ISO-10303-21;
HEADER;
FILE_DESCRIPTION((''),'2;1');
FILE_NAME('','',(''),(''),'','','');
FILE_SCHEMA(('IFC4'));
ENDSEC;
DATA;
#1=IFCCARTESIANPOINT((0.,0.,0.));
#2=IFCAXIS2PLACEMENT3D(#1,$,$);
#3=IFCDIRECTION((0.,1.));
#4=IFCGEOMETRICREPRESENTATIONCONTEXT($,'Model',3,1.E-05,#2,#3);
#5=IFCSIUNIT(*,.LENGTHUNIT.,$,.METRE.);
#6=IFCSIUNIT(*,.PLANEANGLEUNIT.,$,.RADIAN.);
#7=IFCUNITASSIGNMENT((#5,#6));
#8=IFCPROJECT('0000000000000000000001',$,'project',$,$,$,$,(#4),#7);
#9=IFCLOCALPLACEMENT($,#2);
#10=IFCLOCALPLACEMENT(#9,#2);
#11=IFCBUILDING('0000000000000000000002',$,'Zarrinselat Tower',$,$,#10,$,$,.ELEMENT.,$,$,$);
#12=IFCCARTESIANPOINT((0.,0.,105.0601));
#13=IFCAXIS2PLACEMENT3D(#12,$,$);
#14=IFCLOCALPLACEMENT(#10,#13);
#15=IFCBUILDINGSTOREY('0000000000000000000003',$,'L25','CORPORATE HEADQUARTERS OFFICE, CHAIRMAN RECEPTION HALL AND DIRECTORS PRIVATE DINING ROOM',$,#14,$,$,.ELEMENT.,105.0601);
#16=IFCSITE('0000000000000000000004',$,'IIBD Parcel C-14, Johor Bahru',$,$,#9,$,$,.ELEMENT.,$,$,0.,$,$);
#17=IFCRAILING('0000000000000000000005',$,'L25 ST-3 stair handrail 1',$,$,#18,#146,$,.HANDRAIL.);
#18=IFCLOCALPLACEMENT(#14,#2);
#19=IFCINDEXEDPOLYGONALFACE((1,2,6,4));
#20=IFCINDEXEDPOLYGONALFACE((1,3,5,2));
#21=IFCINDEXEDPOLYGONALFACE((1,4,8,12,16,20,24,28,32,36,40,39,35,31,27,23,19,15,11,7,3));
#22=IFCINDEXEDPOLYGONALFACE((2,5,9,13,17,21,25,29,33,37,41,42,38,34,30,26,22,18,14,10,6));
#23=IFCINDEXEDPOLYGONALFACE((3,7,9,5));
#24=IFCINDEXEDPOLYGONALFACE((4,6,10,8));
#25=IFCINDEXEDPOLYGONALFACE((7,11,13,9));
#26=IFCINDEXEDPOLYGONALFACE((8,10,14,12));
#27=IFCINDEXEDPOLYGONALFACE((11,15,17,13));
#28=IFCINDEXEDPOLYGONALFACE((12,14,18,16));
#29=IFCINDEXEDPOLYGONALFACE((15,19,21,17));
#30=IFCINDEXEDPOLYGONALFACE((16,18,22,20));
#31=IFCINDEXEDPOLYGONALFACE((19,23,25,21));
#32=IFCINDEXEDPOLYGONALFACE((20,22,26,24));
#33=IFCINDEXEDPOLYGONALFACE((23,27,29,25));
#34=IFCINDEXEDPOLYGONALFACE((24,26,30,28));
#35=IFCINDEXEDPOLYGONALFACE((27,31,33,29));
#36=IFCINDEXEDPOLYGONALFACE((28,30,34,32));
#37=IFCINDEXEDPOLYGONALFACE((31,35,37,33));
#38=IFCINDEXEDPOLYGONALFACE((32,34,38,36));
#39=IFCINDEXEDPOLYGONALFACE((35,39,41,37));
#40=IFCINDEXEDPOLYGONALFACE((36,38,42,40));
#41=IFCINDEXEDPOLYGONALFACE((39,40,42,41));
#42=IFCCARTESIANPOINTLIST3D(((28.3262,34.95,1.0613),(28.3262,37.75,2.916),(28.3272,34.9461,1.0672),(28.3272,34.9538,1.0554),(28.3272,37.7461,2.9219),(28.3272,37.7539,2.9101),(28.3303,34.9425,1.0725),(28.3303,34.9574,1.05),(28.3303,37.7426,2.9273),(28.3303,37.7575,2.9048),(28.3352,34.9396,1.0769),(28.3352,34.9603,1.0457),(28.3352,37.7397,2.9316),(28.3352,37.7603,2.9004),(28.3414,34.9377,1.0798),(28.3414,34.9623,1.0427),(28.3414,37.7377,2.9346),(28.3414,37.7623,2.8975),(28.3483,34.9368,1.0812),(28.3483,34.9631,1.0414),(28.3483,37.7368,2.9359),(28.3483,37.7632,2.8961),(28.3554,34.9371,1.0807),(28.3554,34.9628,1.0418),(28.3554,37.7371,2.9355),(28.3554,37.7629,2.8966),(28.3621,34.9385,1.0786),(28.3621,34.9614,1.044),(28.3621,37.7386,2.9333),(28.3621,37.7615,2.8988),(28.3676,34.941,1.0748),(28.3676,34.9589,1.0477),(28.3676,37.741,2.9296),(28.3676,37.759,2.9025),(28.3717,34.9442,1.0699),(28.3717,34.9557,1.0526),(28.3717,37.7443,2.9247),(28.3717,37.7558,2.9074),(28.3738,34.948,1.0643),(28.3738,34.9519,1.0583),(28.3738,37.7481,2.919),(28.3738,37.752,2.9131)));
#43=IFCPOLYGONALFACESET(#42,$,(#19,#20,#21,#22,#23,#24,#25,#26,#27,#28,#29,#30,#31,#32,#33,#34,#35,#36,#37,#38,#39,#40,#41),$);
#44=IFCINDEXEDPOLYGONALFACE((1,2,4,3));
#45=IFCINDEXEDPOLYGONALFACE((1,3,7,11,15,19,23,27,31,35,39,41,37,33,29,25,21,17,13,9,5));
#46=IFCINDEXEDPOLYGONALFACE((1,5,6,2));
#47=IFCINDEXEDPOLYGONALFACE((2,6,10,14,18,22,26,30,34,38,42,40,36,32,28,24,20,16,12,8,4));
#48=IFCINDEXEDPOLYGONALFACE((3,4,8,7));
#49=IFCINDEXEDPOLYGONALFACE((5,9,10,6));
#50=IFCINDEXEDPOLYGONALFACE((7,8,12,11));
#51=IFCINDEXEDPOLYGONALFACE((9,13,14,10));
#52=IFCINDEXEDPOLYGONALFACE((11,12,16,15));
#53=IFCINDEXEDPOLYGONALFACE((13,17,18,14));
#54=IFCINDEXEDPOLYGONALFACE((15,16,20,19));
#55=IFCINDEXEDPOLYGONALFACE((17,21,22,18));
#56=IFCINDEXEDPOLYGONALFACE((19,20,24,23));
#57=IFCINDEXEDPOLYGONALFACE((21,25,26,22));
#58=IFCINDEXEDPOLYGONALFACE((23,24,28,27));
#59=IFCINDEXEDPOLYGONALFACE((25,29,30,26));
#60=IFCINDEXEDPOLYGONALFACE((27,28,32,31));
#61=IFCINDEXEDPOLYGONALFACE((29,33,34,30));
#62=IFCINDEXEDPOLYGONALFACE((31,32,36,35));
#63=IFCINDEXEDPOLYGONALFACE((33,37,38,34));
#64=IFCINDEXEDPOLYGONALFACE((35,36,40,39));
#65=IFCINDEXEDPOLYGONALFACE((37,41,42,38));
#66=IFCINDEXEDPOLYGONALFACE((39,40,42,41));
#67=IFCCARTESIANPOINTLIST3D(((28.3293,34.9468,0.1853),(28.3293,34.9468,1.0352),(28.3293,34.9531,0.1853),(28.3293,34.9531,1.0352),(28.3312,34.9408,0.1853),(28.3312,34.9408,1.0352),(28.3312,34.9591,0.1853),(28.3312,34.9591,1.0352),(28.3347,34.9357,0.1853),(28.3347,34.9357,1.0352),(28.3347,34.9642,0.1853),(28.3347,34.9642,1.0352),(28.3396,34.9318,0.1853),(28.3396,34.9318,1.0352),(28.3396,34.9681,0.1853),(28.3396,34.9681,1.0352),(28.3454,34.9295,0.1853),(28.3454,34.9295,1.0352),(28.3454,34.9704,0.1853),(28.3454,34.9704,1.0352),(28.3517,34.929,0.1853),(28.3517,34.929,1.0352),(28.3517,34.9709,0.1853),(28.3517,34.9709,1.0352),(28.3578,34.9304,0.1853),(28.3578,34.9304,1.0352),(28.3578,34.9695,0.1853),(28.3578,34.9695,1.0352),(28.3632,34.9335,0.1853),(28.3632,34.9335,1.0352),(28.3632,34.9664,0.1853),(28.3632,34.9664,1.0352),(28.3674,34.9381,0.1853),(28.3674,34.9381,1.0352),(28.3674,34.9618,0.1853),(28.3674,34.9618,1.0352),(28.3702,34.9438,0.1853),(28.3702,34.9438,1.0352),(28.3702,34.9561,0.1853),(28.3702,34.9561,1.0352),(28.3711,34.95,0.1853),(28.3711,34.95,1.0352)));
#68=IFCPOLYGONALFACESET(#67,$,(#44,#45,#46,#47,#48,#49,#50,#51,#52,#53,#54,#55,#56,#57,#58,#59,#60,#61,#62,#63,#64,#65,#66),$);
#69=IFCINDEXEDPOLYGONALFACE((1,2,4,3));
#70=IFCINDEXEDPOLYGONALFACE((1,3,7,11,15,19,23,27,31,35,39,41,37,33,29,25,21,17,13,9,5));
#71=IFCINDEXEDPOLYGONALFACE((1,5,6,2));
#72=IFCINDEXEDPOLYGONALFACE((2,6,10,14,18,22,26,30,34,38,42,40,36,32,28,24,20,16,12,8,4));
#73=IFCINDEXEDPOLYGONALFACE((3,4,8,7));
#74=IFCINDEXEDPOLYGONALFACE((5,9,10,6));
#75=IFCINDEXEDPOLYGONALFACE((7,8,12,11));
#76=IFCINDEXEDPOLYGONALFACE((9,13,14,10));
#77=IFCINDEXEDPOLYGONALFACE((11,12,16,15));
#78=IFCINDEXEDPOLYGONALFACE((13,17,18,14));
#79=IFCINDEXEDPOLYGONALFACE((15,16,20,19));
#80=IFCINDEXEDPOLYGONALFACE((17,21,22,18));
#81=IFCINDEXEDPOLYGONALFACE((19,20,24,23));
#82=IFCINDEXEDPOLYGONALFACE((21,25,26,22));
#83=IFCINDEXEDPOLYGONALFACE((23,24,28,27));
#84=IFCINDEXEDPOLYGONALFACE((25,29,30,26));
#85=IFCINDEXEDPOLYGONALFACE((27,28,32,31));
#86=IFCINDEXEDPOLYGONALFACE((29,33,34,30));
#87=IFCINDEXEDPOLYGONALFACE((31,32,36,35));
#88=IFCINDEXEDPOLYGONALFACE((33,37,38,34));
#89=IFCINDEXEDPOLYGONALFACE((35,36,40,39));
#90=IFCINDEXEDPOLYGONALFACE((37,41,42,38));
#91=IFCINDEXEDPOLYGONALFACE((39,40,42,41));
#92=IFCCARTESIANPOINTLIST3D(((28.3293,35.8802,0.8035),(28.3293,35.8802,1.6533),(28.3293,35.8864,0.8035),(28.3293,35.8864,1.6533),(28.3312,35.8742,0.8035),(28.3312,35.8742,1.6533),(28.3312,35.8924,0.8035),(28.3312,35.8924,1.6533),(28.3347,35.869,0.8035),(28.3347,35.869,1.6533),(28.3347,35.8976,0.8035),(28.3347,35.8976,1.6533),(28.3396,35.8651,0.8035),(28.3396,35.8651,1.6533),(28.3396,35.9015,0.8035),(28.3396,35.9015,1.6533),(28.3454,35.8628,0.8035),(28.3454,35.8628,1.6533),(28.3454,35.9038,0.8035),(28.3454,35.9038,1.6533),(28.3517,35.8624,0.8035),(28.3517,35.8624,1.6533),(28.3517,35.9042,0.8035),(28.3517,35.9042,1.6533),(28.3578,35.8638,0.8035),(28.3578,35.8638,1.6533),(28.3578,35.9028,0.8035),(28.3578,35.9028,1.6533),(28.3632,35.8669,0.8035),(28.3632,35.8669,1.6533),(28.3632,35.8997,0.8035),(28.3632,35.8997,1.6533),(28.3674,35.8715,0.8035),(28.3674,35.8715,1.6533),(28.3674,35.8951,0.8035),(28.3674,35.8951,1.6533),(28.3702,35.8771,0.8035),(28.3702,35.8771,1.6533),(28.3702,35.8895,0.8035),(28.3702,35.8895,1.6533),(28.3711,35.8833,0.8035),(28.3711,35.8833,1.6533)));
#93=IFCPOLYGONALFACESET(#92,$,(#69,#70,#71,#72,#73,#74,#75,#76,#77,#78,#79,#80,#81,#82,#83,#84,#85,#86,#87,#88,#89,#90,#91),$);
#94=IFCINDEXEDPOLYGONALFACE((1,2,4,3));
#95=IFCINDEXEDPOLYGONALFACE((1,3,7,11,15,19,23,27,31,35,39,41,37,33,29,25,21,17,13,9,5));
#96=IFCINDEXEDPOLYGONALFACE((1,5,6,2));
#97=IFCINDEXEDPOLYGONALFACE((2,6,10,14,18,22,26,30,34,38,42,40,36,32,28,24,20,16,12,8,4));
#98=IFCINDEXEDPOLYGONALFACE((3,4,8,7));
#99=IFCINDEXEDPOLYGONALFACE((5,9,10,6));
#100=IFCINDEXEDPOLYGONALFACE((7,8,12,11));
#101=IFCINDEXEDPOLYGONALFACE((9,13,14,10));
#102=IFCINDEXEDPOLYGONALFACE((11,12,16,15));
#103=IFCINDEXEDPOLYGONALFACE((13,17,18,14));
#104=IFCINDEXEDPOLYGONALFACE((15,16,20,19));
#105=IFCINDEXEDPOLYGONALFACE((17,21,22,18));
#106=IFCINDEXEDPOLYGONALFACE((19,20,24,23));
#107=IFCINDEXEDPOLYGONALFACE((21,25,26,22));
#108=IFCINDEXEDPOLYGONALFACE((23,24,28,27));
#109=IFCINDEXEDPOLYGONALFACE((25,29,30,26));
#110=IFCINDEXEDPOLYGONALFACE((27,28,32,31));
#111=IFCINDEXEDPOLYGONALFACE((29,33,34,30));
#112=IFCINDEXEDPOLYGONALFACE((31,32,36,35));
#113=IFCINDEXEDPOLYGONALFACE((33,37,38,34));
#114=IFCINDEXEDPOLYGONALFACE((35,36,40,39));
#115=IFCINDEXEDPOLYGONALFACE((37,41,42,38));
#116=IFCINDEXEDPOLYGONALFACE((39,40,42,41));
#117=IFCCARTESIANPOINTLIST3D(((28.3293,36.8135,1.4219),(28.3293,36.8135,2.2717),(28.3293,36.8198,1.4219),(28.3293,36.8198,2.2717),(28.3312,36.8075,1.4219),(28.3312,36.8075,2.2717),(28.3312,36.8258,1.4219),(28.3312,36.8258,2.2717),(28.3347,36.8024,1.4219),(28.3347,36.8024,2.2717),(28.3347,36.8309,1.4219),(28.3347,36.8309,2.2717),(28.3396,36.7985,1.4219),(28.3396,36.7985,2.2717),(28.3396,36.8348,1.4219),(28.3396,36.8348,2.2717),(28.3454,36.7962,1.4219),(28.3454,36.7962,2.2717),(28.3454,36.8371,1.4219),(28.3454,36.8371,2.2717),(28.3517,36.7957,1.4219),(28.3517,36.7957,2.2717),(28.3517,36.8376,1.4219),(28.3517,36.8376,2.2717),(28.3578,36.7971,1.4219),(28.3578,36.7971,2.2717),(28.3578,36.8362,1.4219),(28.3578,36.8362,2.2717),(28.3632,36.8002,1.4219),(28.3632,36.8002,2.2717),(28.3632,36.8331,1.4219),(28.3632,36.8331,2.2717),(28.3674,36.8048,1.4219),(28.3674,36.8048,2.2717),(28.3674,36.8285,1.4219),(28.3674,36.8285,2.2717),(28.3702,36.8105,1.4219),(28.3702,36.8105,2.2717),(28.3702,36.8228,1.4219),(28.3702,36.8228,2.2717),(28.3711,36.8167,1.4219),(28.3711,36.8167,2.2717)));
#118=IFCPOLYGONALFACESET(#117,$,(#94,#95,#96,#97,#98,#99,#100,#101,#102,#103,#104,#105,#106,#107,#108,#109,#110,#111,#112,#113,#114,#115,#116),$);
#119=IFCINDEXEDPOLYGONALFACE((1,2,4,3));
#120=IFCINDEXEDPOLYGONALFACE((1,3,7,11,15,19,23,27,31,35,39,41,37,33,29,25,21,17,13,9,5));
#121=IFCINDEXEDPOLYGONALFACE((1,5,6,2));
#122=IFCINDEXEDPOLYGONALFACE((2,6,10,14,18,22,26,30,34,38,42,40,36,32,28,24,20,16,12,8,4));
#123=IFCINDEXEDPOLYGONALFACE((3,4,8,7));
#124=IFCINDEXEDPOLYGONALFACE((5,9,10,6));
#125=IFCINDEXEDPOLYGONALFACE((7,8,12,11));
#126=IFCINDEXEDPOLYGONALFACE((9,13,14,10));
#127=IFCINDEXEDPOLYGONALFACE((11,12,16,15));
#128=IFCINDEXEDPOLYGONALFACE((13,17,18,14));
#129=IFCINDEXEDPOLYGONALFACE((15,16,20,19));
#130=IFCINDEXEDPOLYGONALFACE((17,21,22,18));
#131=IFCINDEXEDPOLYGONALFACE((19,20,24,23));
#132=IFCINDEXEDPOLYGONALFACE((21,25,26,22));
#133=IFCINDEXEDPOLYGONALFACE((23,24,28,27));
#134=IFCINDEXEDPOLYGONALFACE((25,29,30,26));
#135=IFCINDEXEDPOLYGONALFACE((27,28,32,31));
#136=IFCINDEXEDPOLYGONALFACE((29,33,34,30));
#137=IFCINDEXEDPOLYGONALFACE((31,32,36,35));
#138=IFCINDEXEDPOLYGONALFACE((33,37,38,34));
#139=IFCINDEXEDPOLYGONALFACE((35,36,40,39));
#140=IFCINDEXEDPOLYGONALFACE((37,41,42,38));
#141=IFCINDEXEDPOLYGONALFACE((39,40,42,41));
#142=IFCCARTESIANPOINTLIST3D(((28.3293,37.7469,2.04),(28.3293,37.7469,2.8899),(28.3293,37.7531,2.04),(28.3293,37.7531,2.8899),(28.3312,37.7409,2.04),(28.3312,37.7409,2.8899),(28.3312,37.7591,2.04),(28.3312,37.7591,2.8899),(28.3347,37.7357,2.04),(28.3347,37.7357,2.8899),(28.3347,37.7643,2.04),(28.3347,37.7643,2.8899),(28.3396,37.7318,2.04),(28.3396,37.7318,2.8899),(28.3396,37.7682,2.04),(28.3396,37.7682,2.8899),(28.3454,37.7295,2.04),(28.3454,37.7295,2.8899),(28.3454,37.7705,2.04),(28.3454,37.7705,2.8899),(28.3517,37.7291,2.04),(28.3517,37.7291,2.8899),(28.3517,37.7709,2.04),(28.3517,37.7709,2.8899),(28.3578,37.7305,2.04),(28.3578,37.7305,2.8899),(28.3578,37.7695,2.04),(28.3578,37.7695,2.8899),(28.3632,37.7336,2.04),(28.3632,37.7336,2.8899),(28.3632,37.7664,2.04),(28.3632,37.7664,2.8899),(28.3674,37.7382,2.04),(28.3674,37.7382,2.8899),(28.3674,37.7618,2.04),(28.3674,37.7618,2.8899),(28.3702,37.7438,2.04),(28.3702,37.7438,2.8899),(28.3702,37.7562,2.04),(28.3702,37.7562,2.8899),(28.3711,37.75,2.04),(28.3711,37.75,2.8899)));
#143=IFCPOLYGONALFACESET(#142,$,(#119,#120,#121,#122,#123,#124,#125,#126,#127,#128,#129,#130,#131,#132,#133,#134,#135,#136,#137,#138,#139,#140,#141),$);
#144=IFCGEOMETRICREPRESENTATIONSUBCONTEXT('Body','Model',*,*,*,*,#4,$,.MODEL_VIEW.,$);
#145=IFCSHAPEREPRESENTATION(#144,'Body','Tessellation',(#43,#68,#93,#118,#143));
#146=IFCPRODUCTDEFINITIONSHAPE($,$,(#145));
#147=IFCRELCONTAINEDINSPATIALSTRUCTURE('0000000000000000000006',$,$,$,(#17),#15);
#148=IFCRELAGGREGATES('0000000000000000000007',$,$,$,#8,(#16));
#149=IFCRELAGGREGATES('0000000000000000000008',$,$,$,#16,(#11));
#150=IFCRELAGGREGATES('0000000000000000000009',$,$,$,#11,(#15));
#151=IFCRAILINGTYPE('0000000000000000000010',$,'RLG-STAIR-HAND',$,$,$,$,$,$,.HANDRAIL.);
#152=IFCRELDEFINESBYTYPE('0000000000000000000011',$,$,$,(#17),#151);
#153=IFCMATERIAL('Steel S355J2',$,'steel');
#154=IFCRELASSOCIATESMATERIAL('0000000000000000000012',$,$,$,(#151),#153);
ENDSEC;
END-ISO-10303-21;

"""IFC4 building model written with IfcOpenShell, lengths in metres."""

from ifc_helpers import new_model, si_unit, direction, frame, origin, origin_2d, place, context, subcontext, project, spatial, circle, extrude, material, type_object, element, save


model = new_model("IFC4")

# Units and contexts
model_context = context("Model", 3, precision=1e-05, world=origin(), true_north=direction((0.0, 1.0)))
body_context = subcontext(model_context, "Body", "Model", "MODEL_VIEW")
ifc_project = project(units=[si_unit("LENGTHUNIT", "METRE"), si_unit("PLANEANGLEUNIT", "RADIAN")], contexts=[model_context])

# Site, building, storey
site_placement = place(None, origin())
site = spatial("IfcSite", under=ifc_project, at=site_placement, Name="IIBD Parcel C-14, Johor Bahru", CompositionType="ELEMENT", RefElevation=0.0)
building_placement = place(site_placement, origin())
building = spatial("IfcBuilding", under=site, at=building_placement, Name="Zarrinselat Tower", CompositionType="ELEMENT")
storey_placement = place(building_placement, frame((0.0, 0.0, 105.0601)))
storey = spatial("IfcBuildingStorey", under=building, at=storey_placement, Name="L25", Description="CORPORATE HEADQUARTERS OFFICE, CHAIRMAN RECEPTION HALL AND DIRECTORS PRIVATE DINING ROOM", CompositionType="ELEMENT", Elevation=105.0601)

# Railing
ifc_material_1 = material(Name="Steel S355J2", Category="steel")
railing_type_1 = type_object("IfcRailingType", Name="RLG-STAIR-HAND", PredefinedType="HANDRAIL", material=ifc_material_1)
railing_1_placement = place(storey_placement, frame((28.3501, 34.95, 0.1853)))
element("IfcRailing", 1, at=railing_1_placement, inside=storey, type_object=railing_type_1, Name="L25 ST-3 stair handrail 1", PredefinedType="HANDRAIL", context=body_context, shape_type="SweptSolid", body=[
    extrude(circle(Radius=0.0239, at=origin_2d()), frame((0.0, 0.0, 0.876), z_axis=(0.0, 0.833691, 0.552232), x_axis=(-1.0, 0.0, 0.0)), (0.0, 0.0, 1.0), 3.3586),
    extrude(circle(Radius=0.021, at=origin_2d()), origin(), (0.0, 0.0, 1.0), 0.8499),
    extrude(circle(Radius=0.021, at=origin_2d()), frame((0.0, 0.9333, 0.6182)), (0.0, 0.0, 1.0), 0.8499),
    extrude(circle(Radius=0.021, at=origin_2d()), frame((0.0, 1.8667, 1.2366)), (0.0, 0.0, 1.0), 0.8499),
    extrude(circle(Radius=0.021, at=origin_2d()), frame((0.0, 2.8, 1.8547)), (0.0, 0.0, 1.0), 0.8499),
])

save(model, "model.ifc")
